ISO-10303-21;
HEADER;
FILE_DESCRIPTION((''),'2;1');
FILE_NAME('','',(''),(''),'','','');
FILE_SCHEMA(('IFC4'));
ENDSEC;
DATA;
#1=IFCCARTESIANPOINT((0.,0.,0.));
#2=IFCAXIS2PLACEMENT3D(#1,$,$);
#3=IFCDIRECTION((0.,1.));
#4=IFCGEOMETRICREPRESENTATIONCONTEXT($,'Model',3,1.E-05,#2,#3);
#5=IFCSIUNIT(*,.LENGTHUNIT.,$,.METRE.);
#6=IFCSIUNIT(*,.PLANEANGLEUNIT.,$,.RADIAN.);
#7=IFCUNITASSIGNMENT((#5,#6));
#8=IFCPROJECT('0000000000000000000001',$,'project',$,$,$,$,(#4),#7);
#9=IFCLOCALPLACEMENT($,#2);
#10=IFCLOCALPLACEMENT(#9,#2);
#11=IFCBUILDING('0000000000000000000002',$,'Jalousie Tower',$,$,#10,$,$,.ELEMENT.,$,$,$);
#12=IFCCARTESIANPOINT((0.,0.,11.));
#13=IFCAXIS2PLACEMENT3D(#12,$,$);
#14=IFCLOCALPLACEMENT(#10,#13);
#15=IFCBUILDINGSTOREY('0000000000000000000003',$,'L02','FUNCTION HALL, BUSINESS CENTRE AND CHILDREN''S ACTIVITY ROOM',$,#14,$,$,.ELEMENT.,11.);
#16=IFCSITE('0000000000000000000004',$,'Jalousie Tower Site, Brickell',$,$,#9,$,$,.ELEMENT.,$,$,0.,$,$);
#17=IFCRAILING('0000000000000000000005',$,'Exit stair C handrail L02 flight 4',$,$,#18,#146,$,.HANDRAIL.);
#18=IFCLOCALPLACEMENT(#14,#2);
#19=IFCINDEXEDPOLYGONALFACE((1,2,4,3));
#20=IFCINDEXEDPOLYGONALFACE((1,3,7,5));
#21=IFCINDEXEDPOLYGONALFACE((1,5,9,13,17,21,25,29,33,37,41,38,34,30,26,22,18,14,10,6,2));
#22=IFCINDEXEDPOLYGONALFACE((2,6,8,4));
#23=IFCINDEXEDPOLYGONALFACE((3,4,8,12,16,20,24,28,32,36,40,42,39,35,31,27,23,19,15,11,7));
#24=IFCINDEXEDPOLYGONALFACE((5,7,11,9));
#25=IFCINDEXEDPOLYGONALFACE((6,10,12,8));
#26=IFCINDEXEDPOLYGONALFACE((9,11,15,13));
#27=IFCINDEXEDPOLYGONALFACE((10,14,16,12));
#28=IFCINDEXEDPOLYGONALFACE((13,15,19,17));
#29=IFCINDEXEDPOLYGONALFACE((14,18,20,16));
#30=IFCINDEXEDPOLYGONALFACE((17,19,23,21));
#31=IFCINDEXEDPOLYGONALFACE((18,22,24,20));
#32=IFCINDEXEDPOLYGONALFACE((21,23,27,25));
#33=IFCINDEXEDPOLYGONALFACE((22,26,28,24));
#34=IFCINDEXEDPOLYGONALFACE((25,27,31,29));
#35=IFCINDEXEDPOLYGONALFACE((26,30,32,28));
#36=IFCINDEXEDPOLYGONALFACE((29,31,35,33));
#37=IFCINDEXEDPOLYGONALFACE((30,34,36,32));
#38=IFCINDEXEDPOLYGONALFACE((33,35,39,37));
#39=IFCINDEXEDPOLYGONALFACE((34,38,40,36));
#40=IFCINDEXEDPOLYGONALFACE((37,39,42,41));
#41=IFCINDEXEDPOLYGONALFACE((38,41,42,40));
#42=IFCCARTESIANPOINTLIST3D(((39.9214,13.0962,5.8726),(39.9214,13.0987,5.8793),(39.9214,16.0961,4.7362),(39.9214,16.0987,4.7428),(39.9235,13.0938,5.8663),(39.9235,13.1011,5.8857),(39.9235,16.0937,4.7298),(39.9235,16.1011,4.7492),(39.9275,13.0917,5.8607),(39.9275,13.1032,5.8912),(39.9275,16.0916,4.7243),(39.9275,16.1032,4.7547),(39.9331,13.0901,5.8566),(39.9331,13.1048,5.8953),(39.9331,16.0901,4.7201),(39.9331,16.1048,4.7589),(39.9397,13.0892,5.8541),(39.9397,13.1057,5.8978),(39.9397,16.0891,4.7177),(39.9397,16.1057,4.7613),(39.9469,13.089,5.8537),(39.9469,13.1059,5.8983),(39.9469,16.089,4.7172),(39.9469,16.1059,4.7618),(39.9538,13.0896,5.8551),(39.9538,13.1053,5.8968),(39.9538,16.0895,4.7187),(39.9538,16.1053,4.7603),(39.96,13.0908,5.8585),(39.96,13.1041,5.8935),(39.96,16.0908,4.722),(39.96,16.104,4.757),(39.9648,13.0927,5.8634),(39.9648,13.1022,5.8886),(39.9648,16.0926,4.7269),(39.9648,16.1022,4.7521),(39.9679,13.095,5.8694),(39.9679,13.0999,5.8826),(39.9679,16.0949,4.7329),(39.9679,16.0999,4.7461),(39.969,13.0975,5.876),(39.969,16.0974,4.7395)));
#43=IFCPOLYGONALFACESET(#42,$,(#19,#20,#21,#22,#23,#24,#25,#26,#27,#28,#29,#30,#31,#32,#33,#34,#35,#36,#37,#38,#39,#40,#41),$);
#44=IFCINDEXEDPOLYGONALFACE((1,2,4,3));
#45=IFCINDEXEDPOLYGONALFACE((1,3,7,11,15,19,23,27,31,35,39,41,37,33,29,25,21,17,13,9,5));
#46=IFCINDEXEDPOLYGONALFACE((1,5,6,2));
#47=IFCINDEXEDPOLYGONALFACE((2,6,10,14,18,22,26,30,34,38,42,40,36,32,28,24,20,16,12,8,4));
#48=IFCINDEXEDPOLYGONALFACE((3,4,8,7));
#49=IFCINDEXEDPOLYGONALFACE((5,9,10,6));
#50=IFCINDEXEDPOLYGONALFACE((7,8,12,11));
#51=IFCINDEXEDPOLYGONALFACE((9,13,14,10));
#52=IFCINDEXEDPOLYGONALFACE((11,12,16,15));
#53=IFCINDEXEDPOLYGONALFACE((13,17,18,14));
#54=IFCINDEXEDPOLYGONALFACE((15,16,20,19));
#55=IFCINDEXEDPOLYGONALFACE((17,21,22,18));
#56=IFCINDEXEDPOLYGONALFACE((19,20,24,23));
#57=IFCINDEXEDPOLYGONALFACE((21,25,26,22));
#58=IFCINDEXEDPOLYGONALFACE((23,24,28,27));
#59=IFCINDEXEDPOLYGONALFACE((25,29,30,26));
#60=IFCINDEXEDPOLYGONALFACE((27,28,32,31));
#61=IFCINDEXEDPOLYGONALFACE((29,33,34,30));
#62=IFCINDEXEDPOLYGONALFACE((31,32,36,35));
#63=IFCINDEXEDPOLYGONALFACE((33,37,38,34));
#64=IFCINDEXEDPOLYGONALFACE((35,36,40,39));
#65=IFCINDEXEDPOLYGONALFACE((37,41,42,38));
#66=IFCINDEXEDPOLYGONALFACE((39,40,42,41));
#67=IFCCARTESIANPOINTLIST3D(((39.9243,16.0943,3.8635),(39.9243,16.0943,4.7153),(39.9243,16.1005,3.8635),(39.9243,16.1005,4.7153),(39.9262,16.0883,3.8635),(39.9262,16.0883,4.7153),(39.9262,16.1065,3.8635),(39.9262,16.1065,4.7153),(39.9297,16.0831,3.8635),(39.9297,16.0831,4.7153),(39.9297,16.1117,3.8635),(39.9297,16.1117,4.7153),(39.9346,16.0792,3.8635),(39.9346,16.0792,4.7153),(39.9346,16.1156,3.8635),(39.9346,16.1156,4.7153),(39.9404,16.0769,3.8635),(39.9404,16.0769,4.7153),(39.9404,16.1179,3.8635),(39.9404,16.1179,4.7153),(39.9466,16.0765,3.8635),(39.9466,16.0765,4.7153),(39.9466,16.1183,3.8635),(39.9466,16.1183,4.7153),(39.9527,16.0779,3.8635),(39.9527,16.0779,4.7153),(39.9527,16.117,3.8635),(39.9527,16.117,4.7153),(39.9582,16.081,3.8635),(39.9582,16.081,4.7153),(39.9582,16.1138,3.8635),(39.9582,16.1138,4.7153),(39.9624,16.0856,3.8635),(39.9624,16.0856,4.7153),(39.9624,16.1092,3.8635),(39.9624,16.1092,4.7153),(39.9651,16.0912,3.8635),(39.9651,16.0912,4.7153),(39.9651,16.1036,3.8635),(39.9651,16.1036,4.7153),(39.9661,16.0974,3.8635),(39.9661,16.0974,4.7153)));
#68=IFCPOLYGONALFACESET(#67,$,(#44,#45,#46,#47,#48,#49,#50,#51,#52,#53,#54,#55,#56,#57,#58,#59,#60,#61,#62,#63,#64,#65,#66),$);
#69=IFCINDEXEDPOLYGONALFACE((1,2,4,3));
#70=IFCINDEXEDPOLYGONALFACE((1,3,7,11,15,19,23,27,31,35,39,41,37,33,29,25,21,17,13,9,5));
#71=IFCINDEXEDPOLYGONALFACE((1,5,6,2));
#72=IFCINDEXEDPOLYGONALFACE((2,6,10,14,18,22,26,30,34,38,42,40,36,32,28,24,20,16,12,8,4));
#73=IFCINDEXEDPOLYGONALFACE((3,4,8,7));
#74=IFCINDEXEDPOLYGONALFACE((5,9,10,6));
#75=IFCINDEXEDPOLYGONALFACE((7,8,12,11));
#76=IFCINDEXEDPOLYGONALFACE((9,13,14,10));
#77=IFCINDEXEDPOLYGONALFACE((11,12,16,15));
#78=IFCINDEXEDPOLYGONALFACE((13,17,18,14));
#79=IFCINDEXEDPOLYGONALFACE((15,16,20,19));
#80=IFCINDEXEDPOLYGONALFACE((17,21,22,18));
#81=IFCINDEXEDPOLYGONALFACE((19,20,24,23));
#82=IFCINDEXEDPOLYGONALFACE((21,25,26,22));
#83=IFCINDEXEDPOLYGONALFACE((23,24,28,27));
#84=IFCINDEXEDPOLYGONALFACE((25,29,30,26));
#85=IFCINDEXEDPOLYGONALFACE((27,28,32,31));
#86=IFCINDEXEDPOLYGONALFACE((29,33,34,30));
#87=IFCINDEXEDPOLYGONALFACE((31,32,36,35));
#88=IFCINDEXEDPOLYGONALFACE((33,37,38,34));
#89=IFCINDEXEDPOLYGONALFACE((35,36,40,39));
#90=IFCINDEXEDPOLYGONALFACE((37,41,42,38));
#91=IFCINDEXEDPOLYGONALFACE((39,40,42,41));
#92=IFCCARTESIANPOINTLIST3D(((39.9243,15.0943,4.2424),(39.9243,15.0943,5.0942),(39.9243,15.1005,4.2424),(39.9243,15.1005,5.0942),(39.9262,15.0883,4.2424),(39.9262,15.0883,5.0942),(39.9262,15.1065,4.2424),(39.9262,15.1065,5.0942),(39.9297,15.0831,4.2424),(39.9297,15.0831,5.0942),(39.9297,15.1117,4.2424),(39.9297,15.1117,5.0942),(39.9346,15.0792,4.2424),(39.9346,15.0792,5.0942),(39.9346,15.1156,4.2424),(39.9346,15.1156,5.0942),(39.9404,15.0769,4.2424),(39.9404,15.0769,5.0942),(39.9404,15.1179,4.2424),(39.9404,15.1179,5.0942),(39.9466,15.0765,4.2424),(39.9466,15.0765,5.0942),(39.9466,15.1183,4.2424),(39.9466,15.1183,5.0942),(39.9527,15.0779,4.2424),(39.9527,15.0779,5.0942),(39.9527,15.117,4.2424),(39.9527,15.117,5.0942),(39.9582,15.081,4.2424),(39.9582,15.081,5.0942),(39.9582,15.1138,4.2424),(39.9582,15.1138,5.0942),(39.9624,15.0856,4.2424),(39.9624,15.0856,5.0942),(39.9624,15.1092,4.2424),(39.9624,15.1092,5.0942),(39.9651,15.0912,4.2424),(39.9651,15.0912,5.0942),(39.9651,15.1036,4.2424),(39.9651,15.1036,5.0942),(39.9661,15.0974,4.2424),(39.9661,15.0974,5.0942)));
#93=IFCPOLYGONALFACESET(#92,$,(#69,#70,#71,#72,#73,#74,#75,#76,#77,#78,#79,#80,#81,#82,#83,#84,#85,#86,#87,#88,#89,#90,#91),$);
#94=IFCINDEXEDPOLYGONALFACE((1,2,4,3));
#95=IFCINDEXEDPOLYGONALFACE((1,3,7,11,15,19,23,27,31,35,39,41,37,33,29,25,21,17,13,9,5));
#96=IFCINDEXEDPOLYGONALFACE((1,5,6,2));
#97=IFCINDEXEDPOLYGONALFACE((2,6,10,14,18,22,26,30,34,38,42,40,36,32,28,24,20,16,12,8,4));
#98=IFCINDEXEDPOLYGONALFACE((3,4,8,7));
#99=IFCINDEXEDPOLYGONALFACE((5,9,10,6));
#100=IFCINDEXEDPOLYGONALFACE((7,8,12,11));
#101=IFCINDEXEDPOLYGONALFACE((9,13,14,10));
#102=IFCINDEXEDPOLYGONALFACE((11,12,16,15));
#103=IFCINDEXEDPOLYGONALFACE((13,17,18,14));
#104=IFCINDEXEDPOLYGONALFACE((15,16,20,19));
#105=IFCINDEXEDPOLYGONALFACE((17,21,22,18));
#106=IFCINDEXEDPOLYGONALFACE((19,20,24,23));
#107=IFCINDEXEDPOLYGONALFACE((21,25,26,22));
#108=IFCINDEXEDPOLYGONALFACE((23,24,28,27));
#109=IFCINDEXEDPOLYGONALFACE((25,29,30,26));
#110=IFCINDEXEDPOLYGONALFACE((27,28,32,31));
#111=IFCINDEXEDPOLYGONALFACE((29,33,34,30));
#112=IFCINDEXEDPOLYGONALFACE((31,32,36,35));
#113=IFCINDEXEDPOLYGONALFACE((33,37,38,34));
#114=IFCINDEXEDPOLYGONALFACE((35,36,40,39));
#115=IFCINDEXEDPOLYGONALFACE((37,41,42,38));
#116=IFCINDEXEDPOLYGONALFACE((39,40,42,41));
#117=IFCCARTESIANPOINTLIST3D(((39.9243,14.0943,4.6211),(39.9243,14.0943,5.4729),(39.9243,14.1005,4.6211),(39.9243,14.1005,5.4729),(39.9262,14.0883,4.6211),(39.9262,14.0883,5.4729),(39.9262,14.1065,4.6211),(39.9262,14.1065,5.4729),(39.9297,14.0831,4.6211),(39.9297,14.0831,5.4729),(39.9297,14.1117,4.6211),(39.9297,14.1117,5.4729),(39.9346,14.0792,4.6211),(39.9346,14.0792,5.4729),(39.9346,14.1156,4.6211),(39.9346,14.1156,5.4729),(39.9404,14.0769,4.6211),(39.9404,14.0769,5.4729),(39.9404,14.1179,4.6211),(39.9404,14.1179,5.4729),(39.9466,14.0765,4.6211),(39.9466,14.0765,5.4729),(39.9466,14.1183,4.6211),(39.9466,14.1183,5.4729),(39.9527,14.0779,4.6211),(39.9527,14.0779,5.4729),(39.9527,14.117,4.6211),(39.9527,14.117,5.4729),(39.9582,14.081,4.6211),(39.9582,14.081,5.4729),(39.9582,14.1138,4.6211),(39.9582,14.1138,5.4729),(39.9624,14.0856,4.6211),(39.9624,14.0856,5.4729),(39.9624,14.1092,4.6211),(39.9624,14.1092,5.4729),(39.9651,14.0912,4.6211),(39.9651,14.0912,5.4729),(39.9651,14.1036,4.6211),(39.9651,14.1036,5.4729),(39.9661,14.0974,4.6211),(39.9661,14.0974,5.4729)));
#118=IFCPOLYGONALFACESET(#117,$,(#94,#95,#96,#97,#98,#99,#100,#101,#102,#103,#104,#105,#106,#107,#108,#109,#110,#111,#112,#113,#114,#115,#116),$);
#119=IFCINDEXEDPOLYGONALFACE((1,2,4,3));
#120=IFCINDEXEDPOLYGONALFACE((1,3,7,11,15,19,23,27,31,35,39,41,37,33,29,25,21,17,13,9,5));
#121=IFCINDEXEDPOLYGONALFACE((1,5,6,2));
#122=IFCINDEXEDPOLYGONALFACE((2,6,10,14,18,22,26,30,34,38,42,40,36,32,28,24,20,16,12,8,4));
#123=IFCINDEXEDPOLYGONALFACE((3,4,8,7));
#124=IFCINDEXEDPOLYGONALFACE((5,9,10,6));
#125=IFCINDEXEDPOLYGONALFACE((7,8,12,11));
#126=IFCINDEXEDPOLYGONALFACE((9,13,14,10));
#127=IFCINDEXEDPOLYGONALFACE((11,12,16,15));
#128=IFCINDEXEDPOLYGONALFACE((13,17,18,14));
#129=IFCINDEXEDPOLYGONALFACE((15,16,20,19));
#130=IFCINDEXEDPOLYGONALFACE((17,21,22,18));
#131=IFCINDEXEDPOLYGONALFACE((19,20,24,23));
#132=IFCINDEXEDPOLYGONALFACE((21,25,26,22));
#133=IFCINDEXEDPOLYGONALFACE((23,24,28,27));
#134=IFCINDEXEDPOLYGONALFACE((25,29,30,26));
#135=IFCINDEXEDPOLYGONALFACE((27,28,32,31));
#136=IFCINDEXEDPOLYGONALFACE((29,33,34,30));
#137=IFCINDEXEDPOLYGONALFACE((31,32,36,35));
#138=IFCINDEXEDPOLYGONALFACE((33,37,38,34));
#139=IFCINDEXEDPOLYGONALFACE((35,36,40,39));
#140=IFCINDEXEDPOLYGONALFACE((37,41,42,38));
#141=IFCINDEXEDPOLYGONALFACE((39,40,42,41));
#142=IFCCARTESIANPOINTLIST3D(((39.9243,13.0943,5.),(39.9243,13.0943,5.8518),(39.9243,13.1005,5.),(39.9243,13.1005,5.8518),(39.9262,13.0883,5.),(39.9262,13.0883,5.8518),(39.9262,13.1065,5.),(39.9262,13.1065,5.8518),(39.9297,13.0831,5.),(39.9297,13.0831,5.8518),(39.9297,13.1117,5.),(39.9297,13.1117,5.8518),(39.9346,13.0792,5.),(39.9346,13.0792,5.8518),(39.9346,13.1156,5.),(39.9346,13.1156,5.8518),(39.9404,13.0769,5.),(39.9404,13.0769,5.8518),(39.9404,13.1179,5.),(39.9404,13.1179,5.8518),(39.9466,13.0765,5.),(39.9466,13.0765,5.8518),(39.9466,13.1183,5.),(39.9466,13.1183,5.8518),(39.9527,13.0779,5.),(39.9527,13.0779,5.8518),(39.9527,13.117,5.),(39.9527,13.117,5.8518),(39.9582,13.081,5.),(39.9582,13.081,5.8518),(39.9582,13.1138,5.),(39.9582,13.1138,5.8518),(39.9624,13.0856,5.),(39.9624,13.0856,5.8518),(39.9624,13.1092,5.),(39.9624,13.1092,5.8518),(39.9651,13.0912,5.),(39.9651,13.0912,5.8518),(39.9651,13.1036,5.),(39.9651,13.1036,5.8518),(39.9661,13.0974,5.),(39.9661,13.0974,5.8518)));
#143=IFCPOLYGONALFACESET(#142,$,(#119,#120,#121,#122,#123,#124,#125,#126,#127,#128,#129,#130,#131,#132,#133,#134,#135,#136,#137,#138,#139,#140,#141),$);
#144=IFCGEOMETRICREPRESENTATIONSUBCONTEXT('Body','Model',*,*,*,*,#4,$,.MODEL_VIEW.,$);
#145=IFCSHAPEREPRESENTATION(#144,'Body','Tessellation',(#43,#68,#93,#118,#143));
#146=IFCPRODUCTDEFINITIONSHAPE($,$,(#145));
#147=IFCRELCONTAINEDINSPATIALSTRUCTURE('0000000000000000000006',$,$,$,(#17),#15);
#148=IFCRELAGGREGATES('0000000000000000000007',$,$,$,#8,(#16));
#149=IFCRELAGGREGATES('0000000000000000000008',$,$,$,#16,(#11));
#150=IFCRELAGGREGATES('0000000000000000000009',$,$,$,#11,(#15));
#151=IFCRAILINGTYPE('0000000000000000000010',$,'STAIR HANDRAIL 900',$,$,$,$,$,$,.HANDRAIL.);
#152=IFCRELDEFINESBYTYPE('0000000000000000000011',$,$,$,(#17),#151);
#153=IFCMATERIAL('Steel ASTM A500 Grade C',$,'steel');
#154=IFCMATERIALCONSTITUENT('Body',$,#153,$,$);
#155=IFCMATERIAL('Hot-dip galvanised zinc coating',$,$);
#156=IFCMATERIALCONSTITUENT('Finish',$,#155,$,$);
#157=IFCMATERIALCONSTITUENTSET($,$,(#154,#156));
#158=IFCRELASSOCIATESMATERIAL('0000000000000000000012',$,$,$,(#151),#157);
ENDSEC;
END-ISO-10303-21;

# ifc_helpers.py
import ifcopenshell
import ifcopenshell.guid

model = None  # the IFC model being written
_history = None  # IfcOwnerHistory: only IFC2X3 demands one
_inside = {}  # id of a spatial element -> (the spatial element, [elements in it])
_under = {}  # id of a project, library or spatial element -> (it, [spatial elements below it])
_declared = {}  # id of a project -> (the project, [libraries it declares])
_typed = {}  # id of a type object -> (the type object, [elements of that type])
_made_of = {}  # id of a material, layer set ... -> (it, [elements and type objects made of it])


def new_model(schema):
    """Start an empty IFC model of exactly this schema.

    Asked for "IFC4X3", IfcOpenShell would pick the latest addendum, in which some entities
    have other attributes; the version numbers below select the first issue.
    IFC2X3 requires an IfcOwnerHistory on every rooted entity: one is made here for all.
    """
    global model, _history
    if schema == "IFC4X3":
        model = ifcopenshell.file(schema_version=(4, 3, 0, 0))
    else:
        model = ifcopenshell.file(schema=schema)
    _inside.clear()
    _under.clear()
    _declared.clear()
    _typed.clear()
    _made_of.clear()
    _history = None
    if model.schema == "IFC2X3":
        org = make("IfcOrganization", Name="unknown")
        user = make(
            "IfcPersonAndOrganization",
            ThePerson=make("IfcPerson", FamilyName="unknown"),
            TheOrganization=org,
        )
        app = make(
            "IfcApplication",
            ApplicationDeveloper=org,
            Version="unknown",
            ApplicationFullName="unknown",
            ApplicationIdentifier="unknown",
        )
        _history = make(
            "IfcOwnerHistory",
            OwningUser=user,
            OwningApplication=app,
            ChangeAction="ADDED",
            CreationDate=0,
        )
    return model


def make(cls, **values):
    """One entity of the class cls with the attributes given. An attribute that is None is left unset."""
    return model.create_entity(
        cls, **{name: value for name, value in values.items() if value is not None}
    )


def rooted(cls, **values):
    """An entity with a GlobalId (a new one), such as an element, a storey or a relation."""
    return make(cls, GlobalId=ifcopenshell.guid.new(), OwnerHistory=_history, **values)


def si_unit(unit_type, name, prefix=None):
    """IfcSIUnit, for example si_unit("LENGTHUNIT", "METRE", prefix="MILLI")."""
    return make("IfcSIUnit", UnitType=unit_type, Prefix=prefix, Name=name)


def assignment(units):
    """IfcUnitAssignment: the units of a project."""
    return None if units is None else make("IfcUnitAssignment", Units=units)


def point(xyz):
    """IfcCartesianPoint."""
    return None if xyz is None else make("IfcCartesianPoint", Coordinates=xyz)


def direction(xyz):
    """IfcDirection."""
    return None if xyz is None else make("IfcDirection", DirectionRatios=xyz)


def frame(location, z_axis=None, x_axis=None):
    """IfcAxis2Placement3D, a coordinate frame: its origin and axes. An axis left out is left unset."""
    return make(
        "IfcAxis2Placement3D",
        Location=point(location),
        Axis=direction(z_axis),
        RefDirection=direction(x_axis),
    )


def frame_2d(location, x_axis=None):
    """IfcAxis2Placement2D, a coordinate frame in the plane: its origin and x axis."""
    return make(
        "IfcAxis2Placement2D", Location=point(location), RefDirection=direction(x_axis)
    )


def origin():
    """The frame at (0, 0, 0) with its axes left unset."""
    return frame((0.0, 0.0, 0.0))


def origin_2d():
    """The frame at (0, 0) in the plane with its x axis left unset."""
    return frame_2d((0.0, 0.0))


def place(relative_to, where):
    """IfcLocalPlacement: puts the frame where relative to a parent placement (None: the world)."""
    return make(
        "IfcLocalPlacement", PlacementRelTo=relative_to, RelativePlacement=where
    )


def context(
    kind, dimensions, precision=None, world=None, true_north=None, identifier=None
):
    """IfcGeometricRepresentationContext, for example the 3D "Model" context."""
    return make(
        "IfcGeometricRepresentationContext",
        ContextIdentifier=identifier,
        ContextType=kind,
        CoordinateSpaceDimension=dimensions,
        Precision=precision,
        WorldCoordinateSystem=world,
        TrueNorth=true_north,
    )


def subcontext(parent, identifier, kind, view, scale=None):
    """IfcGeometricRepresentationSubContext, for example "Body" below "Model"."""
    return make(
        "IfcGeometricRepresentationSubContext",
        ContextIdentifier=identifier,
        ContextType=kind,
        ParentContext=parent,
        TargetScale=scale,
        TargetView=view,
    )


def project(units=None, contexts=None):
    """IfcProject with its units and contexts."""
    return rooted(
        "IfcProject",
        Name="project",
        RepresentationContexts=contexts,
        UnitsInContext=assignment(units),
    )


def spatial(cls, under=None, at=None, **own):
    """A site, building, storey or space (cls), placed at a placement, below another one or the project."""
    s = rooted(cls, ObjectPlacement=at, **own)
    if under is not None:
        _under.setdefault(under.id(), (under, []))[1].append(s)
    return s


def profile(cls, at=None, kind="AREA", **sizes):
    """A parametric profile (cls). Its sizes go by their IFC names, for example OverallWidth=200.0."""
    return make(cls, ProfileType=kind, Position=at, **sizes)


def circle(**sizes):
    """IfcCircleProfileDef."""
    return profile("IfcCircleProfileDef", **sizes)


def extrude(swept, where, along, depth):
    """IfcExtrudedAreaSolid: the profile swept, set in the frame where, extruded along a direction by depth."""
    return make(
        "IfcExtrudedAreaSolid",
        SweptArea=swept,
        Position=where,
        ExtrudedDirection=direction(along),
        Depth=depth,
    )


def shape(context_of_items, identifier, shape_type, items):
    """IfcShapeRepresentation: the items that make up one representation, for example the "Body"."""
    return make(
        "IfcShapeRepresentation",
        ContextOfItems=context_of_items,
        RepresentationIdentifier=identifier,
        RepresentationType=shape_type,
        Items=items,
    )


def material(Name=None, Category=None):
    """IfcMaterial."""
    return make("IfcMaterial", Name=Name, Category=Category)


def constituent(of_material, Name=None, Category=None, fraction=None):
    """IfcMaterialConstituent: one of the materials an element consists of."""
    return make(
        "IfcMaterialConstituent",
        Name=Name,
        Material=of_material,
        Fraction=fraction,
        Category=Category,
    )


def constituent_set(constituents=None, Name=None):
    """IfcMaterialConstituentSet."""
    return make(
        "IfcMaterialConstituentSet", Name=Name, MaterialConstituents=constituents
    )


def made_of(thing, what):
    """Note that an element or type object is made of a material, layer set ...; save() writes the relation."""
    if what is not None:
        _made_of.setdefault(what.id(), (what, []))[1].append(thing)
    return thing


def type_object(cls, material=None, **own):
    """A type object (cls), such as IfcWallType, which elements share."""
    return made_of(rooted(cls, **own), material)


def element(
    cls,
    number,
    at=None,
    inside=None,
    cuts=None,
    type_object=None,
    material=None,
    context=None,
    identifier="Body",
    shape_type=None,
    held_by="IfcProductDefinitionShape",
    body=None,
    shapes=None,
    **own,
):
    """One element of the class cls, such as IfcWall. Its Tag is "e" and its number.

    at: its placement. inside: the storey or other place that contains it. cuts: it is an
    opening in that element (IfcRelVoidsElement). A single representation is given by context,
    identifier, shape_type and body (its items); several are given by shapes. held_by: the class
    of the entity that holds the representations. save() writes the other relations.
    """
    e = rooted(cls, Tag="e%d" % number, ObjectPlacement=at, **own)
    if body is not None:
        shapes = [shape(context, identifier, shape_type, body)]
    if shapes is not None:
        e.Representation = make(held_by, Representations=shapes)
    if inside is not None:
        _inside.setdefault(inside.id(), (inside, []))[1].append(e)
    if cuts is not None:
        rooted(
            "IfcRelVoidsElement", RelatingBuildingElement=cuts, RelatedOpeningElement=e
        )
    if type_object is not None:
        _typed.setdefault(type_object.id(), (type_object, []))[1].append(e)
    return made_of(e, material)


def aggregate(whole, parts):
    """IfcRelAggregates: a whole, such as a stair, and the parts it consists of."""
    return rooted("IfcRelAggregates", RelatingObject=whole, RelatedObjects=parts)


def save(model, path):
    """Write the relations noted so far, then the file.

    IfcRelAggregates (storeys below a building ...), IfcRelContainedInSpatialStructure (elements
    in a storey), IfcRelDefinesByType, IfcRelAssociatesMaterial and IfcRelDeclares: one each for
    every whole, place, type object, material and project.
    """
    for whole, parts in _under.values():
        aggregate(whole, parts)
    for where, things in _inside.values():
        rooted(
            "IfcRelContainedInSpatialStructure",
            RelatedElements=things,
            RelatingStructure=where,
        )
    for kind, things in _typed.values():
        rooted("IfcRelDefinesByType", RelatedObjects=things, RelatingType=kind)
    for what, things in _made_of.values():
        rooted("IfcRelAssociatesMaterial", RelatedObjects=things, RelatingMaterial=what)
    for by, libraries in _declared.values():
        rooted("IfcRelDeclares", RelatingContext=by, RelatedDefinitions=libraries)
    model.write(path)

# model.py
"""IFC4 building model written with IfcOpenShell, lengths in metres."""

from ifc_helpers import new_model, si_unit, direction, frame, origin, origin_2d, place, context, subcontext, project, spatial, circle, extrude, material, constituent, constituent_set, type_object, element, save


model = new_model("IFC4")

# Units and contexts
model_context = context("Model", 3, precision=1e-05, world=origin(), true_north=direction((0.0, 1.0)))
body_context = subcontext(model_context, "Body", "Model", "MODEL_VIEW")
ifc_project = project(units=[si_unit("LENGTHUNIT", "METRE"), si_unit("PLANEANGLEUNIT", "RADIAN")], contexts=[model_context])

# Site, building, storey
site_placement = place(None, origin())
site = spatial("IfcSite", under=ifc_project, at=site_placement, Name="Jalousie Tower Site, Brickell", CompositionType="ELEMENT", RefElevation=0.0)
building_placement = place(site_placement, origin())
building = spatial("IfcBuilding", under=site, at=building_placement, Name="Jalousie Tower", CompositionType="ELEMENT")
storey_placement = place(building_placement, frame((0.0, 0.0, 11.0)))
storey = spatial("IfcBuildingStorey", under=building, at=storey_placement, Name="L02", Description="FUNCTION HALL, BUSINESS CENTRE AND CHILDREN'S ACTIVITY ROOM", CompositionType="ELEMENT", Elevation=11.0)

# Railing
ifc_material_1 = material(Name="Steel ASTM A500 Grade C", Category="steel")
ifc_constituent_1 = constituent(ifc_material_1, Name="Body")
ifc_material_2 = material(Name="Hot-dip galvanised zinc coating")
ifc_constituent_2 = constituent(ifc_material_2, Name="Finish")
ifc_constituent_set_1 = constituent_set(constituents=[ifc_constituent_1, ifc_constituent_2])
railing_type_1 = type_object("IfcRailingType", Name="STAIR HANDRAIL 900", PredefinedType="HANDRAIL", material=ifc_constituent_set_1)
for number, where, name in (
    (1, (39.9451, 16.0974, 3.8635), "Exit stair C handrail L02 flight 4"),
):
    element("IfcRailing", number, at=place(storey_placement, frame(where)), inside=storey, type_object=railing_type_1, Name=name, PredefinedType="HANDRAIL", context=body_context, shape_type="SweptSolid", body=[
        extrude(circle(Radius=0.0239, at=origin_2d()), frame((0.0, 0.0, 0.876), z_axis=(0.0, -0.935148, 0.354257), x_axis=(1.0, 0.0, 0.0)), (0.0, 0.0, 1.0), 3.208),
        extrude(circle(Radius=0.021, at=origin_2d()), origin(), (0.0, 0.0, 1.0), 0.8518),
        extrude(circle(Radius=0.021, at=origin_2d()), frame((0.0, -1.0, 0.3789)), (0.0, 0.0, 1.0), 0.8518),
        extrude(circle(Radius=0.021, at=origin_2d()), frame((0.0, -2.0, 0.7576)), (0.0, 0.0, 1.0), 0.8518),
        extrude(circle(Radius=0.021, at=origin_2d()), frame((0.0, -3.0, 1.1365)), (0.0, 0.0, 1.0), 0.8518),
    ])

save(model, "model.ifc")
